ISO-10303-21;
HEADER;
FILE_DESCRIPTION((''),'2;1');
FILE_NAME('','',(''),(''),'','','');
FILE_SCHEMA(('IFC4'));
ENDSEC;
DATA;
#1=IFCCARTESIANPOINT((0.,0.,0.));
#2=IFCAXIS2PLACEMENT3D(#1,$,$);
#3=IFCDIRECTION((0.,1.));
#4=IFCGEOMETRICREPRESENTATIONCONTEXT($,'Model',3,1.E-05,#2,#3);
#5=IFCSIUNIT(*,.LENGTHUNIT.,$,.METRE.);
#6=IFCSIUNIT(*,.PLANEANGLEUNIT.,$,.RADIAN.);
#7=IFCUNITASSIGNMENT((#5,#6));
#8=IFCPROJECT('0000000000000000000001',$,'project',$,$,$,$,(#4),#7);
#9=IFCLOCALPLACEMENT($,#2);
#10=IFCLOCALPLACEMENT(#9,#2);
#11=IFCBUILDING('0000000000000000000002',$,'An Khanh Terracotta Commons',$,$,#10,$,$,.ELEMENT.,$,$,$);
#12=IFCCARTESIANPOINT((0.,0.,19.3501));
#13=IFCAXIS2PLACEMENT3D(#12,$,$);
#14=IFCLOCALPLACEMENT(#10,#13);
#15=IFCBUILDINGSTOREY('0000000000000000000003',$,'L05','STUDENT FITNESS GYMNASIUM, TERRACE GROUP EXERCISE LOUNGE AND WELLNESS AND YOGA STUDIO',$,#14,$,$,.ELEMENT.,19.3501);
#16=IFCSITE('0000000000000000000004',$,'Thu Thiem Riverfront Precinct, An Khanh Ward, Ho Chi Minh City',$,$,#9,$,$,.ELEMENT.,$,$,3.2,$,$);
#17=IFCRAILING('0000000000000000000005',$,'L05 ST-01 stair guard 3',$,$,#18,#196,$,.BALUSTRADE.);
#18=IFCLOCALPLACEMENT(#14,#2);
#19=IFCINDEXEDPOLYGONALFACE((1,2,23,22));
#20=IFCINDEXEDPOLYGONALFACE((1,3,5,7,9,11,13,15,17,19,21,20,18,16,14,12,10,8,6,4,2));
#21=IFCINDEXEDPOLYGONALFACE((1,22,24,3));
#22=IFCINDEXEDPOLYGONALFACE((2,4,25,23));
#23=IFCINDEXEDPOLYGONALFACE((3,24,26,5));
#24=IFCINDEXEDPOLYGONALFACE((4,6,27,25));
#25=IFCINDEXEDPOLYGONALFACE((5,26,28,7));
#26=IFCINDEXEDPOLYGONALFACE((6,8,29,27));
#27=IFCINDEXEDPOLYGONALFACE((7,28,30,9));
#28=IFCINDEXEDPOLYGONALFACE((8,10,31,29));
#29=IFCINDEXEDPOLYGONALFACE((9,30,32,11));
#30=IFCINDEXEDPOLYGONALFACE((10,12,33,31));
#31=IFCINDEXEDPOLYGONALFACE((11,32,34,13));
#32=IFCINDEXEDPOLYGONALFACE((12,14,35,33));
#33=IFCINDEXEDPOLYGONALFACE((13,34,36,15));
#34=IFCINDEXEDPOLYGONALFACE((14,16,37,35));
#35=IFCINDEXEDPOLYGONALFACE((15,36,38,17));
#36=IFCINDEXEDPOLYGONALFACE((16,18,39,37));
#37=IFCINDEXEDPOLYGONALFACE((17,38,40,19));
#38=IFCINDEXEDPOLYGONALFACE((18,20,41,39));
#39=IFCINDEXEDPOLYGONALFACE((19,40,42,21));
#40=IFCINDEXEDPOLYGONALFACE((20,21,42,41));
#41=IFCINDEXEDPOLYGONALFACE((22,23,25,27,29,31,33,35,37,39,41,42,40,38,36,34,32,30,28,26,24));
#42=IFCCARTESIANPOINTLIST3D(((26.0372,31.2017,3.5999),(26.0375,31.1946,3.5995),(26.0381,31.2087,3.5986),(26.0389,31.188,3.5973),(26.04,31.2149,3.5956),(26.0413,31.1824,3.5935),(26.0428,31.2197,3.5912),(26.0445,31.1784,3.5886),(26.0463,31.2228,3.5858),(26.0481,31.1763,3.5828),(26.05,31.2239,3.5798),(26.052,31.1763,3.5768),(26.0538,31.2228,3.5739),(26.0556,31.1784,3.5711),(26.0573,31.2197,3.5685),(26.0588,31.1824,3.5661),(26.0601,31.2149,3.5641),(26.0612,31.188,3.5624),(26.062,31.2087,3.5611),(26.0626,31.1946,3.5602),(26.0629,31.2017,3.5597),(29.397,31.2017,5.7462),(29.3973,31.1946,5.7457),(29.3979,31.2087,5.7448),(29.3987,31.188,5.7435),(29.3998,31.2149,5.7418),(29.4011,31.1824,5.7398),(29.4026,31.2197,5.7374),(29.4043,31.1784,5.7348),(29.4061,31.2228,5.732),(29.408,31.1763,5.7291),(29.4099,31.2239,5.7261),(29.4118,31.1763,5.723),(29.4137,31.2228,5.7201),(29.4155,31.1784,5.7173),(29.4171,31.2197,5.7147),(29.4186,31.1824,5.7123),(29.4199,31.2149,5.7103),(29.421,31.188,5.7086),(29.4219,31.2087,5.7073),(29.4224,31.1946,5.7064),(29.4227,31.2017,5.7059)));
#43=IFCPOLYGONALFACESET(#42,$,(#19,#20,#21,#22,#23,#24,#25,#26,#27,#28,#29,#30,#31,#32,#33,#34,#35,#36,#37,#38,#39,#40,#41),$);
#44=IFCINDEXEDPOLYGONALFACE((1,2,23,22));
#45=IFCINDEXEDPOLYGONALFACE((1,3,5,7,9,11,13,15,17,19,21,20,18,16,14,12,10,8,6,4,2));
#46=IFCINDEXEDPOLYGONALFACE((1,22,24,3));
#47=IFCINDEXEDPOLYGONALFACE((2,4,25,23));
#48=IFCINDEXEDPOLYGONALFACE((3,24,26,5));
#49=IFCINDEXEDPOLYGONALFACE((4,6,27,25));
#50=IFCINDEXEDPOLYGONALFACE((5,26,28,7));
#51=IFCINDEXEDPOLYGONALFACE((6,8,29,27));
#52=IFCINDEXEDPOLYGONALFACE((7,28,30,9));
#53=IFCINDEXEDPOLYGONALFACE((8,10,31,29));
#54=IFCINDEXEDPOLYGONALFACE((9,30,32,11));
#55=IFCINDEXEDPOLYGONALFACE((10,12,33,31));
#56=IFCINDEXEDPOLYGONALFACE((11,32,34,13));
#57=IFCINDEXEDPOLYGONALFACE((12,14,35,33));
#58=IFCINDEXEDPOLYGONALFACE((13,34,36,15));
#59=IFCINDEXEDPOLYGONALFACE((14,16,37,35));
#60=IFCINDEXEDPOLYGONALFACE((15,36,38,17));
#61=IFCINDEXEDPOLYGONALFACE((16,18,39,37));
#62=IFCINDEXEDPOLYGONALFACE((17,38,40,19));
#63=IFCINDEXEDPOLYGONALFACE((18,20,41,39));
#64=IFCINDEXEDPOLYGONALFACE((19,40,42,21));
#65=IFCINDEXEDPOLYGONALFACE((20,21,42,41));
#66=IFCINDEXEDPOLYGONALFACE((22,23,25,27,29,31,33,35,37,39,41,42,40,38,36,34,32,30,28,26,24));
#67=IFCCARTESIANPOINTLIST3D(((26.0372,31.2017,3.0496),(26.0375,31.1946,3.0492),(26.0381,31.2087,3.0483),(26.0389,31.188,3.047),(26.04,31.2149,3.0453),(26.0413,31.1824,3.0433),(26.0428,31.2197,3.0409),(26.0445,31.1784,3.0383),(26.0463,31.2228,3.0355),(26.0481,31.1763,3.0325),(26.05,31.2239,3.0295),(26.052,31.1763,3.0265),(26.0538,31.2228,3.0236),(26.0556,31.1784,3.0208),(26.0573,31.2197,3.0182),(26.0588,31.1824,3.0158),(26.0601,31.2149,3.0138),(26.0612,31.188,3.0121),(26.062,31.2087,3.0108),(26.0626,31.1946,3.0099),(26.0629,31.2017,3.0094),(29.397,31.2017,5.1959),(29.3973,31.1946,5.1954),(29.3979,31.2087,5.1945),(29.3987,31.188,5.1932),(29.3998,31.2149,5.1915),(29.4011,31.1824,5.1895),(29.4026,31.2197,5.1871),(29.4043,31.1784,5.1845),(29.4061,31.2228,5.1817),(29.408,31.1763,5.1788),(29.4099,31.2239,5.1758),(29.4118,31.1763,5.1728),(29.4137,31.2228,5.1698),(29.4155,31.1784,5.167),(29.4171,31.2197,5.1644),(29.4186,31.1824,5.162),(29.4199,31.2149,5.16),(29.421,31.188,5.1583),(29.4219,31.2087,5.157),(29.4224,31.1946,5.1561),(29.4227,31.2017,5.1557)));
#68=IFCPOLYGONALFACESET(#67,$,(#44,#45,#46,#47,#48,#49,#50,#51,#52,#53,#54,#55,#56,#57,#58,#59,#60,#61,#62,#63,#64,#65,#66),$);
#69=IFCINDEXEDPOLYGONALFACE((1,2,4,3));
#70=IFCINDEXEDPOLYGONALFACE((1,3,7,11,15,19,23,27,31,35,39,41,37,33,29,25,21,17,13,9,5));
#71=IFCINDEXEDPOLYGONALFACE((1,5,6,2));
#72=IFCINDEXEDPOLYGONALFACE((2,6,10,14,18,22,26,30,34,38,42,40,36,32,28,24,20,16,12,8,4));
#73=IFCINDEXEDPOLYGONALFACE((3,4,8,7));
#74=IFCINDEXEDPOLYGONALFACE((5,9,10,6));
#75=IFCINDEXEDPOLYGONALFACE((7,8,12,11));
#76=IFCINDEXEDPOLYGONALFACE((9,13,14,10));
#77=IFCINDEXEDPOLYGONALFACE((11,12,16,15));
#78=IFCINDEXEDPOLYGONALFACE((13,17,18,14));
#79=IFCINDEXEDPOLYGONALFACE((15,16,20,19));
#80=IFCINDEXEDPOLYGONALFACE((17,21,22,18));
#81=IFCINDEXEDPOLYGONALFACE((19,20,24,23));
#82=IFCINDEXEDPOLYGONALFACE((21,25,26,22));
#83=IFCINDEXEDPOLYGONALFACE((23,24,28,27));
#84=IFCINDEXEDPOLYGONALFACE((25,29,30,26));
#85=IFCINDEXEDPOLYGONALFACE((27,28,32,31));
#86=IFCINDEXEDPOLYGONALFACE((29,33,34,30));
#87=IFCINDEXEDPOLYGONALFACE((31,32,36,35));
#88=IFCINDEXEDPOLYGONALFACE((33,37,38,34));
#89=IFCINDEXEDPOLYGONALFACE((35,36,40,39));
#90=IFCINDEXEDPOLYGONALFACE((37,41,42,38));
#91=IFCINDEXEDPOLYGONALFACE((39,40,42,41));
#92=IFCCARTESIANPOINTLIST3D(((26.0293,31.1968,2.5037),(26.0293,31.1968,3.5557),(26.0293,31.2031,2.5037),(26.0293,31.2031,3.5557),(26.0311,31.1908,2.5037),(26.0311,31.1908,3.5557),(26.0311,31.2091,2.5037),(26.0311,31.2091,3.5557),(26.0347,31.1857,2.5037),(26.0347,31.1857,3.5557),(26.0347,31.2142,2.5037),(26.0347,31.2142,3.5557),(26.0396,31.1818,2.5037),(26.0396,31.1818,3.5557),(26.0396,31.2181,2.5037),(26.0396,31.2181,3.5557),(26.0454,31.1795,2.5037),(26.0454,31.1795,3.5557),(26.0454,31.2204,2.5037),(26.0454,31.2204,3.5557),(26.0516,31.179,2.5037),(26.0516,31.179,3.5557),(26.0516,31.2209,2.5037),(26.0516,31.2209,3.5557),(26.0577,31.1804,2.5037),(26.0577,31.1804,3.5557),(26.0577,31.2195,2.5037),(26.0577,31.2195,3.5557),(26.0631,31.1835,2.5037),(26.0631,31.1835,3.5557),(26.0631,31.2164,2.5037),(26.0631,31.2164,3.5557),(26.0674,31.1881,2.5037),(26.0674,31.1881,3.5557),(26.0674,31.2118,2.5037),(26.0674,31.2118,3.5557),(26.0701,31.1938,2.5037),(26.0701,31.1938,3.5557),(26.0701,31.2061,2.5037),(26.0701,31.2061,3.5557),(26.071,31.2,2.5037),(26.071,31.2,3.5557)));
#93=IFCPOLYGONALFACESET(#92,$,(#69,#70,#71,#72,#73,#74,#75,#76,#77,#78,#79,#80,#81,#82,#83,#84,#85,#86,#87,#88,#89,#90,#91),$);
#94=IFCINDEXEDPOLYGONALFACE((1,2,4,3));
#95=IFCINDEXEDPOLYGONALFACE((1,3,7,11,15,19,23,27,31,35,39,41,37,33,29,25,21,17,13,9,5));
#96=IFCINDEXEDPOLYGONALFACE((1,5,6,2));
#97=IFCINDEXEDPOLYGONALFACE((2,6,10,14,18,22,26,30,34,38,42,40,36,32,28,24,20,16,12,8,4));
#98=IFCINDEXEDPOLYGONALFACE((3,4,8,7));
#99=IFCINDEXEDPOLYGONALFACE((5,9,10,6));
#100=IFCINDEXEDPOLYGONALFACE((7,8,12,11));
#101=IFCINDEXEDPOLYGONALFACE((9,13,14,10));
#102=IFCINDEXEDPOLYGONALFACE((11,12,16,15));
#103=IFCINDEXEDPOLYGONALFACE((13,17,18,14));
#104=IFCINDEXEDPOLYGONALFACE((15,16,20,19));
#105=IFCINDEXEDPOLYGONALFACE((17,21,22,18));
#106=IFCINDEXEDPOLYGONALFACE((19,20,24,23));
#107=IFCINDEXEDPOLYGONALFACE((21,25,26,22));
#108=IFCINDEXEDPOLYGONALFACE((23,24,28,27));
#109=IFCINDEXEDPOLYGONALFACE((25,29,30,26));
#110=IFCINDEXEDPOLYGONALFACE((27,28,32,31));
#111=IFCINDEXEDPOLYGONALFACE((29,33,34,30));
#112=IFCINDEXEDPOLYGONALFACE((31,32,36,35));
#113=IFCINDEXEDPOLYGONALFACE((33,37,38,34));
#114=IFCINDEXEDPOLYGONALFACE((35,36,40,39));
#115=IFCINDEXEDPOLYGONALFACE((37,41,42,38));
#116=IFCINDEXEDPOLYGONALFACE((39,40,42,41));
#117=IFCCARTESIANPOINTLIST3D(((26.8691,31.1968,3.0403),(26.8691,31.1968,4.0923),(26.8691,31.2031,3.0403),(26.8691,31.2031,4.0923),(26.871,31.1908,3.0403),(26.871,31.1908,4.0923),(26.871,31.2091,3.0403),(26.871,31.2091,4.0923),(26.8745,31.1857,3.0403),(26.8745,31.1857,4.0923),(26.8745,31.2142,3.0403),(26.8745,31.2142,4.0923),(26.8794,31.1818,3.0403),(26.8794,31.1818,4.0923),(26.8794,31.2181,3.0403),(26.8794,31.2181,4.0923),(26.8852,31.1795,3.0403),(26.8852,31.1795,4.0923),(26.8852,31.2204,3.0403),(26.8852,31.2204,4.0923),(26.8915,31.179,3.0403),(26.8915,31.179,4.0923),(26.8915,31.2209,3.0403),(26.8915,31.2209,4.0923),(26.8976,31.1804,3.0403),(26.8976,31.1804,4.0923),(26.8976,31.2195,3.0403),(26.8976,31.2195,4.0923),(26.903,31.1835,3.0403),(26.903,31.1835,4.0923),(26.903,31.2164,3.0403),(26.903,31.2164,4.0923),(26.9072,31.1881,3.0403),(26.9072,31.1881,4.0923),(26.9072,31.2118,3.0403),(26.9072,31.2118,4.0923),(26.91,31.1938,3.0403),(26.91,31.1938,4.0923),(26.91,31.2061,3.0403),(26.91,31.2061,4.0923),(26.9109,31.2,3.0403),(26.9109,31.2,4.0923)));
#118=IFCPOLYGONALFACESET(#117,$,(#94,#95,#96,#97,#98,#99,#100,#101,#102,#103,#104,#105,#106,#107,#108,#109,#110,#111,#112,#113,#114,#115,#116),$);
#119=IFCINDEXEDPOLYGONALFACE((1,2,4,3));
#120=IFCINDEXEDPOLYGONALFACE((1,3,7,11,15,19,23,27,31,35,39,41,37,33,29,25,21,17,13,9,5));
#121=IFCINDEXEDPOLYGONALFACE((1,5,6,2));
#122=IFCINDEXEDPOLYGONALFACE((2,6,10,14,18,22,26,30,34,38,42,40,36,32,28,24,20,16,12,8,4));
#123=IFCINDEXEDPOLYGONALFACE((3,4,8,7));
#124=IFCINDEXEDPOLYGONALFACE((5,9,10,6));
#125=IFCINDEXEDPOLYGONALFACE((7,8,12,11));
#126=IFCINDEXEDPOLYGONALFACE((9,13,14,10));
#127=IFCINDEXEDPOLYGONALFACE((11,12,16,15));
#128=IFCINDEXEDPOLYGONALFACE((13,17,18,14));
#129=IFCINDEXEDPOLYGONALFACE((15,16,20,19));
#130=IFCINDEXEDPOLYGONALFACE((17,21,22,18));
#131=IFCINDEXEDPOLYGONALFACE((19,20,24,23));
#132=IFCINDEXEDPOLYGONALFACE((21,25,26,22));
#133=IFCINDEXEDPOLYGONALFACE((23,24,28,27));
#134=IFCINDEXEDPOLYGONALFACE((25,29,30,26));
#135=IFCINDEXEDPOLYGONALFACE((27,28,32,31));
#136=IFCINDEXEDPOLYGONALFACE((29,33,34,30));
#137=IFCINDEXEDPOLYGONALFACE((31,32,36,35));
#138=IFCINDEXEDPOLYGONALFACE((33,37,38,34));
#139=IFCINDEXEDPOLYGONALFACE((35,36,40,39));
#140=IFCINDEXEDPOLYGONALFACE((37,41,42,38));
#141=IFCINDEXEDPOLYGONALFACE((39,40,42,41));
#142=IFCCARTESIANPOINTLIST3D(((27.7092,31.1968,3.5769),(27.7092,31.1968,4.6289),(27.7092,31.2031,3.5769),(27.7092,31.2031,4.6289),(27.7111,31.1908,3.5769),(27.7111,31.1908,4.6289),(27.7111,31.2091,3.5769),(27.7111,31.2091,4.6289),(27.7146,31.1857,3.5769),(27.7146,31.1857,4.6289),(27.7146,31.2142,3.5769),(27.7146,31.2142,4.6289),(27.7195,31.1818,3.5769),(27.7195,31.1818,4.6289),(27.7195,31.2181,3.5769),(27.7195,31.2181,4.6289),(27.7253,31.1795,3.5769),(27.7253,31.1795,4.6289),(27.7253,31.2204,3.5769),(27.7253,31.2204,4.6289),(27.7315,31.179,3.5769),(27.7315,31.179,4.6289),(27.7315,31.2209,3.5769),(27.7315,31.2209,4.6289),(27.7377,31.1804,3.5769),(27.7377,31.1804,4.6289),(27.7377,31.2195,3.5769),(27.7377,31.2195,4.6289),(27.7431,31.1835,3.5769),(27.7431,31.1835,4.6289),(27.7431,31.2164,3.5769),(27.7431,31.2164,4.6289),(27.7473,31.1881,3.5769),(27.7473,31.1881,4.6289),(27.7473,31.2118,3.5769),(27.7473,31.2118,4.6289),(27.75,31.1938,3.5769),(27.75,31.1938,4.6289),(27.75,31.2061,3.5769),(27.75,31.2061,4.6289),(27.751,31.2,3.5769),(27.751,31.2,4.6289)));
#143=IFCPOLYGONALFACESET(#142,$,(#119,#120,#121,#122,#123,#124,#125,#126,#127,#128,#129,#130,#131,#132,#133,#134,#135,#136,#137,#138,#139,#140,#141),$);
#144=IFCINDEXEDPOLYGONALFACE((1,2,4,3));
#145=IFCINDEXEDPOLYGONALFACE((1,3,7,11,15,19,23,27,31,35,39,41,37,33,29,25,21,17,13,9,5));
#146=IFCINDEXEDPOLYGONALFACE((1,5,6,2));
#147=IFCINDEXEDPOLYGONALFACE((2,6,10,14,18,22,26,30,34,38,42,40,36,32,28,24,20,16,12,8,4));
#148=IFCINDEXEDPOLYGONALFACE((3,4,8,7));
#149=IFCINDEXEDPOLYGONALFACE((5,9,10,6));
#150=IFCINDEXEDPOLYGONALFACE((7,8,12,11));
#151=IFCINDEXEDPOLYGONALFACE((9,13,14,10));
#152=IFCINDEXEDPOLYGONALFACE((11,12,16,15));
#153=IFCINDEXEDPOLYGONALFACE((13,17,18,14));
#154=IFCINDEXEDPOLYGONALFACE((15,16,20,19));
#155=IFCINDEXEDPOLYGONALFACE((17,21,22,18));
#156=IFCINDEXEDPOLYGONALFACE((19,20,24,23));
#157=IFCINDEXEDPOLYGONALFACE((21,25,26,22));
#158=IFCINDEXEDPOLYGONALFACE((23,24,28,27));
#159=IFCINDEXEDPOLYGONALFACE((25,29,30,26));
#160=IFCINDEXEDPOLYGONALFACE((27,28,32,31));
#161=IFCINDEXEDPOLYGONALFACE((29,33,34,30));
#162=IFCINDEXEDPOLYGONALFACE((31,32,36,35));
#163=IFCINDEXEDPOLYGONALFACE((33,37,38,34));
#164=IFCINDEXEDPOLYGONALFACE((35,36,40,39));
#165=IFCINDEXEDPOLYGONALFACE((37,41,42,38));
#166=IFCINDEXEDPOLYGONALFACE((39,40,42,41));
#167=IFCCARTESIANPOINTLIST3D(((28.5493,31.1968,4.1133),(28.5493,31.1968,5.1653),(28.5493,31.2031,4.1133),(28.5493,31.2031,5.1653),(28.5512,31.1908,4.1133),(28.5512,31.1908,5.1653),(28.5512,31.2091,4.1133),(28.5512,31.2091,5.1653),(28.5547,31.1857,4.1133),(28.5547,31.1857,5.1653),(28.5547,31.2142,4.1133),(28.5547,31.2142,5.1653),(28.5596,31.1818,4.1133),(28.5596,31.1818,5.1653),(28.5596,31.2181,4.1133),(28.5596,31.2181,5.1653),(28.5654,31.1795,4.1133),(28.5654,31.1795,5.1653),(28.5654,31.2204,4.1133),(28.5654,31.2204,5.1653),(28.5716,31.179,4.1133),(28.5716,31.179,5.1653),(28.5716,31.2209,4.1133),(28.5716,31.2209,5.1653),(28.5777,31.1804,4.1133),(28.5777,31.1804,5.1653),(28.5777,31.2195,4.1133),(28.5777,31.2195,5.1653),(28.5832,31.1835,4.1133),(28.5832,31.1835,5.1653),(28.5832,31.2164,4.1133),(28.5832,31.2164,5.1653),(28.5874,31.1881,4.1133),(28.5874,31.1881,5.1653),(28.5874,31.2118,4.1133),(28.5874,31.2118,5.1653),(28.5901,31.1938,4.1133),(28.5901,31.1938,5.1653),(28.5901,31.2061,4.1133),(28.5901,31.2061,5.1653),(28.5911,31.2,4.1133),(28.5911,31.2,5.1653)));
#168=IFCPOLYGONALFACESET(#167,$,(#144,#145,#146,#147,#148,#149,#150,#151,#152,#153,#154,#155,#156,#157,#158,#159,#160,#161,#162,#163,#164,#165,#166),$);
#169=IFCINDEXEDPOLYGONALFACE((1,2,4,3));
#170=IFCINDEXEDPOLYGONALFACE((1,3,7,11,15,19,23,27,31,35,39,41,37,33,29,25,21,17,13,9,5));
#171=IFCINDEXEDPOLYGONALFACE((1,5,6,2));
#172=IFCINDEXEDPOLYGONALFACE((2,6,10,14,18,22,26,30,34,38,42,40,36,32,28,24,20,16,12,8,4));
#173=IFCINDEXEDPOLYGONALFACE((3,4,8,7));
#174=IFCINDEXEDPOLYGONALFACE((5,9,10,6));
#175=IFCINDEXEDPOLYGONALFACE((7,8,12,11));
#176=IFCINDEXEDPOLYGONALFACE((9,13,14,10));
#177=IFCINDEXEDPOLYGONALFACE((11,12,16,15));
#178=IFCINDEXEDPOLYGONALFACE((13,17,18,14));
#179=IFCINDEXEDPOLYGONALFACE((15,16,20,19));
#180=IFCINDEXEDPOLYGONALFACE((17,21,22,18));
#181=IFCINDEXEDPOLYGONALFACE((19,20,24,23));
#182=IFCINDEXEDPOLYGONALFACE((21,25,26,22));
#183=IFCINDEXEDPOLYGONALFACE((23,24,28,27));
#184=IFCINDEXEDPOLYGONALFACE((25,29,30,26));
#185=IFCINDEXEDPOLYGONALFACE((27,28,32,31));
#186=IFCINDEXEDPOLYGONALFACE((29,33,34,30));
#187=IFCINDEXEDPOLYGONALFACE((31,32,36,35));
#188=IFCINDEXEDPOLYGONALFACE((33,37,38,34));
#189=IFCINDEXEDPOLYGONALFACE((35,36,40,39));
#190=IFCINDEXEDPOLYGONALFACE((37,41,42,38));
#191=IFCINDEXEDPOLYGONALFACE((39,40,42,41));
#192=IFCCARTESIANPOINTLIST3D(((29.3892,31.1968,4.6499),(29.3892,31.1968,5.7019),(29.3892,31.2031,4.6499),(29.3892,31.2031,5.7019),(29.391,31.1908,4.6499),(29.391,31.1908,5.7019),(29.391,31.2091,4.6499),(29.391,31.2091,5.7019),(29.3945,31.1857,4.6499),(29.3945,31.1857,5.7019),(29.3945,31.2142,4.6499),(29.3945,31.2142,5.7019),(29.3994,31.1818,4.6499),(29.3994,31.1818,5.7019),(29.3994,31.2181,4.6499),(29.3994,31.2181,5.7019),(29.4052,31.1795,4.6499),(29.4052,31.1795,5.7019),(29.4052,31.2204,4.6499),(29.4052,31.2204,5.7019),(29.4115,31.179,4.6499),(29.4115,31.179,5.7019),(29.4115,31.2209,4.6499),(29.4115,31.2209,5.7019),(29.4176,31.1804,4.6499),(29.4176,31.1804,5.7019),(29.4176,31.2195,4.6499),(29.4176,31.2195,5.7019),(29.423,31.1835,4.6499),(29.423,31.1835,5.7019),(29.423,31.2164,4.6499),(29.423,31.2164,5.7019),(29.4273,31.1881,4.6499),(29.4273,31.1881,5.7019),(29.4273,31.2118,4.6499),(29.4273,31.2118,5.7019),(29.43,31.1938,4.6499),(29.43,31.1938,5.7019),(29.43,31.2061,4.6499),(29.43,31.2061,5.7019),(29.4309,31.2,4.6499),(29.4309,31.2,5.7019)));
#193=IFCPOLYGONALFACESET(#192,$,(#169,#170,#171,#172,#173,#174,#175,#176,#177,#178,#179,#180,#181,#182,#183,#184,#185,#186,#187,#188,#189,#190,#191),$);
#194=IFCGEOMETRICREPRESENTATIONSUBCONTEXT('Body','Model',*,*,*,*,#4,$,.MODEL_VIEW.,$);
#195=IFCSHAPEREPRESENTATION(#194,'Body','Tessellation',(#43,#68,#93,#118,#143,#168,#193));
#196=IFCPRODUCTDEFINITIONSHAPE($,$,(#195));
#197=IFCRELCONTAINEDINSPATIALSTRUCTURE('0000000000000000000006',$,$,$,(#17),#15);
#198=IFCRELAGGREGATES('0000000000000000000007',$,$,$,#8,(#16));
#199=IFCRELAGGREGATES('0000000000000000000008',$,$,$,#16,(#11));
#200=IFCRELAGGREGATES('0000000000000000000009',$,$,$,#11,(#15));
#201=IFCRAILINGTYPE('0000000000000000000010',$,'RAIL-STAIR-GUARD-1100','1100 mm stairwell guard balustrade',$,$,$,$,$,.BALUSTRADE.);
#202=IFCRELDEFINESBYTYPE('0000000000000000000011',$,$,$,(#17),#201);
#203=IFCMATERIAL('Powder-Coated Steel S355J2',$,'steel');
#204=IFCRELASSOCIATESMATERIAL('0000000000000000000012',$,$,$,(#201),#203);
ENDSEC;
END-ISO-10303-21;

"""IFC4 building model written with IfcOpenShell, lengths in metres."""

from ifc_helpers import new_model, si_unit, direction, frame, origin, origin_2d, place, context, subcontext, project, spatial, circle, extrude, material, type_object, element, save


model = new_model("IFC4")

# Units and contexts
model_context = context("Model", 3, precision=1e-05, world=origin(), true_north=direction((0.0, 1.0)))
body_context = subcontext(model_context, "Body", "Model", "MODEL_VIEW")
ifc_project = project(units=[si_unit("LENGTHUNIT", "METRE"), si_unit("PLANEANGLEUNIT", "RADIAN")], contexts=[model_context])

# Site, building, storey
site_placement = place(None, origin())
site = spatial("IfcSite", under=ifc_project, at=site_placement, Name="Thu Thiem Riverfront Precinct, An Khanh Ward, Ho Chi Minh City", CompositionType="ELEMENT", RefElevation=3.2)
building_placement = place(site_placement, origin())
building = spatial("IfcBuilding", under=site, at=building_placement, Name="An Khanh Terracotta Commons", CompositionType="ELEMENT")
storey_placement = place(building_placement, frame((0.0, 0.0, 19.3501)))
storey = spatial("IfcBuildingStorey", under=building, at=storey_placement, Name="L05", Description="STUDENT FITNESS GYMNASIUM, TERRACE GROUP EXERCISE LOUNGE AND WELLNESS AND YOGA STUDIO", CompositionType="ELEMENT", Elevation=19.3501)

# Railing
ifc_material_1 = material(Name="Powder-Coated Steel S355J2", Category="steel")
railing_type_1 = type_object("IfcRailingType", Name="RAIL-STAIR-GUARD-1100", Description="1100 mm stairwell guard balustrade", PredefinedType="BALUSTRADE", material=ifc_material_1)
railing_1_placement = place(storey_placement, frame((26.05, 31.2, 2.5037)))
element("IfcRailing", 1, at=railing_1_placement, inside=storey, type_object=railing_type_1, Name="L05 ST-01 stair guard 3", PredefinedType="BALUSTRADE", context=body_context, shape_type="SweptSolid", body=[
    extrude(circle(Radius=0.0239, at=origin_2d()), frame((0.0, 0.0, 1.0762), z_axis=(0.842735, 0.0, 0.538329), x_axis=(0.0, 1.0, 0.0)), (0.0, 0.0, 1.0), 3.9868),
    extrude(circle(Radius=0.0239, at=origin_2d()), frame((0.0, 0.0, 0.5259), z_axis=(0.842735, 0.0, 0.538329), x_axis=(0.0, 1.0, 0.0)), (0.0, 0.0, 1.0), 3.9868),
    extrude(circle(Radius=0.021, at=origin_2d()), origin(), (0.0, 0.0, 1.0), 1.052),
    extrude(circle(Radius=0.021, at=origin_2d()), frame((0.8398, 0.0, 0.5366)), (0.0, 0.0, 1.0), 1.052),
    extrude(circle(Radius=0.021, at=origin_2d()), frame((1.6799, 0.0, 1.0732)), (0.0, 0.0, 1.0), 1.052),
    extrude(circle(Radius=0.021, at=origin_2d()), frame((2.52, 0.0, 1.6096)), (0.0, 0.0, 1.0), 1.052),
    extrude(circle(Radius=0.021, at=origin_2d()), frame((3.3599, 0.0, 2.1462)), (0.0, 0.0, 1.0), 1.052),
])

save(model, "model.ifc")
